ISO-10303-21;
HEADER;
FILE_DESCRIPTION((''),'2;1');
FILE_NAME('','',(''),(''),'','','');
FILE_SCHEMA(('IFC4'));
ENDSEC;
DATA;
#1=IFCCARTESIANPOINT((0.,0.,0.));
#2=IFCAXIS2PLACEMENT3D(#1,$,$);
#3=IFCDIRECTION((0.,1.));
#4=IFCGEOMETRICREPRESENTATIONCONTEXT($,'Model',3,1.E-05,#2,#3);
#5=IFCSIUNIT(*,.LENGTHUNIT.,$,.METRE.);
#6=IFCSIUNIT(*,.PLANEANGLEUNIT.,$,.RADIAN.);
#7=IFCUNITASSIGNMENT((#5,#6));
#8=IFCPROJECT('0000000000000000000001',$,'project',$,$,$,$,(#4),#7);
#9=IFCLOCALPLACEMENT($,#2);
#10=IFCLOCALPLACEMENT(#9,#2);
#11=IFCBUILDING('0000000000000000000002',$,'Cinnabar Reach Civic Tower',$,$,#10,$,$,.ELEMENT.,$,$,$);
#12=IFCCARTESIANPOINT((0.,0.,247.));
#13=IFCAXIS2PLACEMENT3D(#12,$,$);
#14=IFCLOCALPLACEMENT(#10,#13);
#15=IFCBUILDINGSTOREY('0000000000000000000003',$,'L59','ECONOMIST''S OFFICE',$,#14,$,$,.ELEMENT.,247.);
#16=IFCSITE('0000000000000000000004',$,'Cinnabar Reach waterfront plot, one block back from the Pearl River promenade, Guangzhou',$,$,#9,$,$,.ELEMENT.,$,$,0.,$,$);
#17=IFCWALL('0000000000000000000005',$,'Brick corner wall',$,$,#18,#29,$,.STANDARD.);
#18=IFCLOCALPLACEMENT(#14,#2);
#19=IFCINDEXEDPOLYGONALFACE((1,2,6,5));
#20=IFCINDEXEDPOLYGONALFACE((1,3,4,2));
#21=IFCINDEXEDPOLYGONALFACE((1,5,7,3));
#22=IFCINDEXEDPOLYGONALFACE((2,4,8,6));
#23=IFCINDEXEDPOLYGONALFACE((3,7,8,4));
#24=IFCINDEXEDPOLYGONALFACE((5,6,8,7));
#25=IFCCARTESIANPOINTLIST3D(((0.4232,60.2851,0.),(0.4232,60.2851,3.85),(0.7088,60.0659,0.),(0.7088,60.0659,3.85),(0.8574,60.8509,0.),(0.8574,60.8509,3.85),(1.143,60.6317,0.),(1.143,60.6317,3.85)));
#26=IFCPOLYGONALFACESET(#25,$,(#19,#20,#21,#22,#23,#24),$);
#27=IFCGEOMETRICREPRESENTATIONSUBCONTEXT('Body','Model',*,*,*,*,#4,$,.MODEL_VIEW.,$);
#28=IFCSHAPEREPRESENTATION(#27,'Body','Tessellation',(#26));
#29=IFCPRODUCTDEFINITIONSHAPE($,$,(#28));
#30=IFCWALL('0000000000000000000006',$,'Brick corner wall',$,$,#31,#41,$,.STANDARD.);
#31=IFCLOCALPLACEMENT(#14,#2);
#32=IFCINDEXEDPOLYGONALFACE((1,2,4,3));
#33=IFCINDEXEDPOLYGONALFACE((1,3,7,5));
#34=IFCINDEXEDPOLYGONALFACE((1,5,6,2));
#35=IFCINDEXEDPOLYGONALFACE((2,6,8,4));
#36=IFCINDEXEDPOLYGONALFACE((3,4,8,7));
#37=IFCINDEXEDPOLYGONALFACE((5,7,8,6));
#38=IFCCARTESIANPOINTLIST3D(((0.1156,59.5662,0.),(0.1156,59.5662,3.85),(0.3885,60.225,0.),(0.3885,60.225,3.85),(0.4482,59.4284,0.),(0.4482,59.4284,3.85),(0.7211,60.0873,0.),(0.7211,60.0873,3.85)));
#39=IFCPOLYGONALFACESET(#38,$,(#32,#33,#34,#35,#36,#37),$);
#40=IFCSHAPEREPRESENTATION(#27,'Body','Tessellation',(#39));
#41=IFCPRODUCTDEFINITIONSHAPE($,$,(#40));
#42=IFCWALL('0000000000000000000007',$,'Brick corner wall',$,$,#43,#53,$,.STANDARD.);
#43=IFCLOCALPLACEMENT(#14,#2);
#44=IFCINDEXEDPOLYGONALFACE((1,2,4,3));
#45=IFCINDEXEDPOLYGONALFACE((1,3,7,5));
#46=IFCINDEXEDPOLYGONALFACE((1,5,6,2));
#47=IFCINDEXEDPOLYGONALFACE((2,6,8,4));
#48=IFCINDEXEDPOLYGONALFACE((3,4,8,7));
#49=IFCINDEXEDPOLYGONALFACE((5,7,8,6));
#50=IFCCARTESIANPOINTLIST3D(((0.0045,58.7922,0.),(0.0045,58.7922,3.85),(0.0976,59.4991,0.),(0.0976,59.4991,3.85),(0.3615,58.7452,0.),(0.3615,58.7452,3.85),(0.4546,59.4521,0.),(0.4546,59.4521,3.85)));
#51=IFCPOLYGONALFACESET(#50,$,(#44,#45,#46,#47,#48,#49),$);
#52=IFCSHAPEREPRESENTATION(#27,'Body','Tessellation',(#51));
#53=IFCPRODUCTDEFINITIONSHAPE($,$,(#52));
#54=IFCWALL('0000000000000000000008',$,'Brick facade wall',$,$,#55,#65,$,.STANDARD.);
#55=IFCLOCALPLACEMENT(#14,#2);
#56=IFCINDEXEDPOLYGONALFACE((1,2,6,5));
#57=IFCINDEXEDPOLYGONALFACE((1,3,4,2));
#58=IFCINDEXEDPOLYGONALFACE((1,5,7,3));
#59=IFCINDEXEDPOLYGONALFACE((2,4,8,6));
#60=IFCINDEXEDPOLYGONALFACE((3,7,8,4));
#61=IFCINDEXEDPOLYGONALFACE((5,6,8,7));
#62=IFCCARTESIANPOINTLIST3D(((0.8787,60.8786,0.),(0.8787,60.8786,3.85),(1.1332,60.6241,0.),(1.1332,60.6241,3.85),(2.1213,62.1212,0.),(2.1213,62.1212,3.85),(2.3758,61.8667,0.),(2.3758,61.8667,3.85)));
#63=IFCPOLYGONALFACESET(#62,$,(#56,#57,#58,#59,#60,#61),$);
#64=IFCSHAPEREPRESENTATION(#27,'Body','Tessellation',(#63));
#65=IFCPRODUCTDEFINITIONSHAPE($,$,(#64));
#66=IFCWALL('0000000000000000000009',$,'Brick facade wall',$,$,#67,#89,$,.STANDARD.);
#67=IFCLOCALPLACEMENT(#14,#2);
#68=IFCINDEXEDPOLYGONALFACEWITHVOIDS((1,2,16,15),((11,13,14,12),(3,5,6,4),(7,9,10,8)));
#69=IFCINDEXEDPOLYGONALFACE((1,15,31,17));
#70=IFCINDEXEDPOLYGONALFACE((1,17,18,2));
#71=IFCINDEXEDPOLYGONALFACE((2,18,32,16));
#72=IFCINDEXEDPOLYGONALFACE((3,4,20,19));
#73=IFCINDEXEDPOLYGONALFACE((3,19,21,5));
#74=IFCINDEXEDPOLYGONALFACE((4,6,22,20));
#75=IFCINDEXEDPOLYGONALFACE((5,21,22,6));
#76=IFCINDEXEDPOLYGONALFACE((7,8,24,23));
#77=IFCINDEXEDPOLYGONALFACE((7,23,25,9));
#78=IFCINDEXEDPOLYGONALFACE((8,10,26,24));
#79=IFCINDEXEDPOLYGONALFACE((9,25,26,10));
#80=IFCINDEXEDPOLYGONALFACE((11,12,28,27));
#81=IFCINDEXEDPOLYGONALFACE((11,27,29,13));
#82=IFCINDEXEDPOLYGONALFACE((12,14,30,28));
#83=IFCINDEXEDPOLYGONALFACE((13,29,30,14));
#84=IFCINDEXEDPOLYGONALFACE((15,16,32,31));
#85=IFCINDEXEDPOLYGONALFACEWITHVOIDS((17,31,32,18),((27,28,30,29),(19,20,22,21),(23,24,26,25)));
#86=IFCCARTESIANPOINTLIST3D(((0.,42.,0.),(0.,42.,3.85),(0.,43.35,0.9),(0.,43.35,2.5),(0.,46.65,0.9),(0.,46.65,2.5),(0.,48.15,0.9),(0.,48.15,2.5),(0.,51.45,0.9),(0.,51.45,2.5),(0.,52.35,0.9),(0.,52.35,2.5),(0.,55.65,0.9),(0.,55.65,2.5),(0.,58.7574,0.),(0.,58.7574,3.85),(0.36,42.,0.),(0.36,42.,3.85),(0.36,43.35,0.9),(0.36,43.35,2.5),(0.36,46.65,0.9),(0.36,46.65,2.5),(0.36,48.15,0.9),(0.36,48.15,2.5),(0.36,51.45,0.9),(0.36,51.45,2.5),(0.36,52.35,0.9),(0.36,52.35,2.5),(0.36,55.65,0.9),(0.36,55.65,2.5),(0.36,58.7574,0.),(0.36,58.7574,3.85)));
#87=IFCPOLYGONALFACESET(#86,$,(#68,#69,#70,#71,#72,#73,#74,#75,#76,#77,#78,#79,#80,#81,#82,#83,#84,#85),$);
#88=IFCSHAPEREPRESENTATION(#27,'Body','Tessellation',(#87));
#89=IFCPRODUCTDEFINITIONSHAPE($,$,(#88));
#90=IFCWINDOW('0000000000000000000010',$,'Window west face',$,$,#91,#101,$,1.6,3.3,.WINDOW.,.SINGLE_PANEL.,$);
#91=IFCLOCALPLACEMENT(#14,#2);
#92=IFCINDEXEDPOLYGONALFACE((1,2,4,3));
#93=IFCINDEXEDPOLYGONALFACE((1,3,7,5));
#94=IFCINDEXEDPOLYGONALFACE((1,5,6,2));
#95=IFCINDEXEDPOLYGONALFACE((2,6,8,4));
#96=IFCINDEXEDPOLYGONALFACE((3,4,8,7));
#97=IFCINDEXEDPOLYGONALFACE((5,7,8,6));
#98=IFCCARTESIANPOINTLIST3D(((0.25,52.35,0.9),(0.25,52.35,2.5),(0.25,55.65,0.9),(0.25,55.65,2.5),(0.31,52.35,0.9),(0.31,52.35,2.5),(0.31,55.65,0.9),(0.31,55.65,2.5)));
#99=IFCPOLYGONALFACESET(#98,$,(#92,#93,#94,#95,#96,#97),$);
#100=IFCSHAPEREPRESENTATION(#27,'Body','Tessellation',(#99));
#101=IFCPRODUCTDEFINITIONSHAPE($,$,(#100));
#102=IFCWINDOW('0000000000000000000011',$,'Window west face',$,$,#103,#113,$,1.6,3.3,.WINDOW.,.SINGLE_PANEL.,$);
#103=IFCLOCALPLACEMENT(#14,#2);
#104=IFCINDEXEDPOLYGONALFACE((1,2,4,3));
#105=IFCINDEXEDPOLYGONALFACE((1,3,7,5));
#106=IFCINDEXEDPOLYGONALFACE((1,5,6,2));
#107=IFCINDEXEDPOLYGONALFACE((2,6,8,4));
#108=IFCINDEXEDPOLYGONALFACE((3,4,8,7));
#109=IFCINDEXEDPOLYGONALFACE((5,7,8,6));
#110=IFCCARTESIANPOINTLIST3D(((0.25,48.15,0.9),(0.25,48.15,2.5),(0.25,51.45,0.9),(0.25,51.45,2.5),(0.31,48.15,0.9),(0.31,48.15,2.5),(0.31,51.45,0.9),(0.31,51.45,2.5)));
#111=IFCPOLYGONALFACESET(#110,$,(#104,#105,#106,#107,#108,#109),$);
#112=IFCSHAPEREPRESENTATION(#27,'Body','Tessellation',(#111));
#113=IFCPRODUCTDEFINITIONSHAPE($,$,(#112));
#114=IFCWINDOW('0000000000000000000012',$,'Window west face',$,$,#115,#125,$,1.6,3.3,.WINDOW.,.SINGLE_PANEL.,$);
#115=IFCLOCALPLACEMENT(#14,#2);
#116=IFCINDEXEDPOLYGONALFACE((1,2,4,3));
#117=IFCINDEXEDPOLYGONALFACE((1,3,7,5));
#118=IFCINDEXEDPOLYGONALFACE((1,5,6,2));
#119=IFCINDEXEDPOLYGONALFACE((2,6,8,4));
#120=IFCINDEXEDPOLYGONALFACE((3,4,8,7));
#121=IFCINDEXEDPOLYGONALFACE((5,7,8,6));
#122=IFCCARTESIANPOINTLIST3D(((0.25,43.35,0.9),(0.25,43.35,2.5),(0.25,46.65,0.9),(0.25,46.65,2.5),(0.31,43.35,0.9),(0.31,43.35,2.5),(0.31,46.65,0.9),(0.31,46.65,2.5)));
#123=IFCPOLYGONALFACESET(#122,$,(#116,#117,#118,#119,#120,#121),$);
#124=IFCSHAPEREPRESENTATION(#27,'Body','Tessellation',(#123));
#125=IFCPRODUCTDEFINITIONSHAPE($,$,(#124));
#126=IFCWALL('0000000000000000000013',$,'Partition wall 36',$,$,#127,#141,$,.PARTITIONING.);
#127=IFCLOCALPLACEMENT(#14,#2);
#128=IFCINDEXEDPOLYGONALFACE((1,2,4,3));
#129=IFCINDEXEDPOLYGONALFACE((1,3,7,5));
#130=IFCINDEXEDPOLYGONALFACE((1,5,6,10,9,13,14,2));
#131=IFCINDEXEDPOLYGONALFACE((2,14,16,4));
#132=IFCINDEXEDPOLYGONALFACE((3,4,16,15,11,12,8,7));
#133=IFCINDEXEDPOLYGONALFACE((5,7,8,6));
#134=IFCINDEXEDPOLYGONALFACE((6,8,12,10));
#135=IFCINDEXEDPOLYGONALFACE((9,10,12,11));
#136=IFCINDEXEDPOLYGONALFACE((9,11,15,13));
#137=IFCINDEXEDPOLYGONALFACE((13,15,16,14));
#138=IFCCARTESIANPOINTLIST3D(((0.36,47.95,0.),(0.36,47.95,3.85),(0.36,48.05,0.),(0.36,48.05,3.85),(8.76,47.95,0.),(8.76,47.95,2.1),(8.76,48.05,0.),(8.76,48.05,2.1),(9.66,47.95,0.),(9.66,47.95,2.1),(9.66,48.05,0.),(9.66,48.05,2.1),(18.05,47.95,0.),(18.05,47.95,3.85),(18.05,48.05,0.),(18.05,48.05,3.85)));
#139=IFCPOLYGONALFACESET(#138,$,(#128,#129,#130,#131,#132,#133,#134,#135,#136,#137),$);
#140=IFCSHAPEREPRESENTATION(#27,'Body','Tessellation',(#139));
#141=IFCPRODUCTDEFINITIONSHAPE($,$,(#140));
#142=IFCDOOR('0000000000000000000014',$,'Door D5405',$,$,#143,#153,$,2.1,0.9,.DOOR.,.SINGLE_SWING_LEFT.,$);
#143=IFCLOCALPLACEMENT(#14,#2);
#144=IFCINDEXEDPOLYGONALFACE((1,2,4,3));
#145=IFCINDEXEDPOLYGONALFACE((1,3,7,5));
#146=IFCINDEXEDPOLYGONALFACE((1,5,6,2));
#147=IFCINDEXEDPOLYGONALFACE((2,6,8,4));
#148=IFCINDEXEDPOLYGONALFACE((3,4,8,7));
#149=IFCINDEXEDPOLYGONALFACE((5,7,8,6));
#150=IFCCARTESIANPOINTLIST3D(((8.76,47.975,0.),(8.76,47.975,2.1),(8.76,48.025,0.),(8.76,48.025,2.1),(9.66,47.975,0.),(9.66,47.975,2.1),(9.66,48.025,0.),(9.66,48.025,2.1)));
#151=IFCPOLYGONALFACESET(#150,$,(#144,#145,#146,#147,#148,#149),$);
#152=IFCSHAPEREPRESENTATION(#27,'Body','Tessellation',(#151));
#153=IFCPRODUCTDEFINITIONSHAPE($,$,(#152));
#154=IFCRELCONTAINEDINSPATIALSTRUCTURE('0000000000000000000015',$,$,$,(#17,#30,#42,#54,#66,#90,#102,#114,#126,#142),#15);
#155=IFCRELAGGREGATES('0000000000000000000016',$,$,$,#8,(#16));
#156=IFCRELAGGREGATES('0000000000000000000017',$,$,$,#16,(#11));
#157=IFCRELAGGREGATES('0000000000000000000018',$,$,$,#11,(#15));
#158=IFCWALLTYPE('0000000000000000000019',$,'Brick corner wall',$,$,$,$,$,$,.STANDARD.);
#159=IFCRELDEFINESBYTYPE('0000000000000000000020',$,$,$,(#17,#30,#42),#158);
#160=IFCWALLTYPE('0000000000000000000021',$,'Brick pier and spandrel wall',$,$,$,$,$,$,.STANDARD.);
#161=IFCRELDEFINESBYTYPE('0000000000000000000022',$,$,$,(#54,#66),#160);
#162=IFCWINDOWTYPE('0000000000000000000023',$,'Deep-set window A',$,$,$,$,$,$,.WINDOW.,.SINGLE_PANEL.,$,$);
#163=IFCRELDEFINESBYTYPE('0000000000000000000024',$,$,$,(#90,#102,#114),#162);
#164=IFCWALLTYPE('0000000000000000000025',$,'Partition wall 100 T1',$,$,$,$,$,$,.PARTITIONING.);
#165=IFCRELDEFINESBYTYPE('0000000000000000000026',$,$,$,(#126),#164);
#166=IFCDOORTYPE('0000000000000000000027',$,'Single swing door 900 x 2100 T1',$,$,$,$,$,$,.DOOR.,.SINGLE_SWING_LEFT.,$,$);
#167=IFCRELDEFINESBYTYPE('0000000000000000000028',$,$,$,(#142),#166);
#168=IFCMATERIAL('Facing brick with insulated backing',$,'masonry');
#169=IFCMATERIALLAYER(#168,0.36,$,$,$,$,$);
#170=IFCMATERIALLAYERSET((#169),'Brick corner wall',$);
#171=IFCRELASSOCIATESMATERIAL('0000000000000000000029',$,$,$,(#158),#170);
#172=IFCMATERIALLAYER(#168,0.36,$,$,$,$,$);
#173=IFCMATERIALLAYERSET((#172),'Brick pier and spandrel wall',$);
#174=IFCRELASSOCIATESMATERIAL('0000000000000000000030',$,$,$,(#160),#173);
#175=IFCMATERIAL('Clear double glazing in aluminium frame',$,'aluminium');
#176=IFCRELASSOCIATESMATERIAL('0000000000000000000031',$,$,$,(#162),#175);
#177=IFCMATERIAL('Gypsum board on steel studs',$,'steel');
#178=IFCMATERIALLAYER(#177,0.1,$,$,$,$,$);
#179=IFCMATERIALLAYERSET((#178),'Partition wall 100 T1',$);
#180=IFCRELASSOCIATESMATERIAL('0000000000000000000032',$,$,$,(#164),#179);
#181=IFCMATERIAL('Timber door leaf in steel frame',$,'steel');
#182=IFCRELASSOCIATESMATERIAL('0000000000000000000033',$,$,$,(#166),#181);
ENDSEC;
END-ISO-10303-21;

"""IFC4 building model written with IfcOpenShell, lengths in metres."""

from ifc_helpers import new_model, si_unit, direction, frame, frame_2d, origin, place, context, subcontext, project, spatial, rectangle, extrude, material, layer, layer_set, type_object, element, fill, save


model = new_model("IFC4")

# Units and contexts
model_context = context("Model", 3, precision=1e-05, world=origin(), true_north=direction((0.0, 1.0)))
body_context = subcontext(model_context, "Body", "Model", "MODEL_VIEW")
ifc_project = project(units=[si_unit("LENGTHUNIT", "METRE"), si_unit("PLANEANGLEUNIT", "RADIAN")], contexts=[model_context])

# Site, building, storey
site_placement = place(None, origin())
site = spatial("IfcSite", under=ifc_project, at=site_placement, Name="Cinnabar Reach waterfront plot, one block back from the Pearl River promenade, Guangzhou", CompositionType="ELEMENT", RefElevation=0.0)
building_placement = place(site_placement, origin())
building = spatial("IfcBuilding", under=site, at=building_placement, Name="Cinnabar Reach Civic Tower", CompositionType="ELEMENT")
storey_placement = place(building_placement, frame((0.0, 0.0, 247.0)))
storey = spatial("IfcBuildingStorey", under=building, at=storey_placement, Name="L59", Description="ECONOMIST'S OFFICE", CompositionType="ELEMENT", Elevation=247.0)

# Walls
ifc_material_1 = material(Name="Facing brick with insulated backing", Category="masonry")
ifc_layer_1 = layer(ifc_material_1, 0.36)
ifc_layer_set_1 = layer_set([ifc_layer_1], Name="Brick corner wall")
wall_type_1 = type_object("IfcWallType", Name="Brick corner wall", PredefinedType="STANDARD", material=ifc_layer_set_1)
wall_1_placement = place(storey_placement, frame((1.0002, 60.7413, 0.0), z_axis=(0.0, 0.0, 1.0), x_axis=(-0.608802, -0.793322, 0.0)))
element("IfcWall", 1, at=wall_1_placement, inside=storey, type_object=wall_type_1, Name="Brick corner wall", PredefinedType="STANDARD", context=body_context, shape_type="SweptSolid", body=[
    extrude(rectangle(XDim=0.7132, YDim=0.36, at=frame_2d((0.3566, 0.0))), origin(), (0.0, 0.0, 1.0), 3.85),
])
for number, where, z_axis, x_axis, name in (
    (2, (0.5548, 60.1561, 0.0), (0.0, 0.0, 1.0), (-0.382703, -0.923872, 0.0), "Brick corner wall"),
    (3, (0.2761, 59.4756, 0.0), (0.0, 0.0, 1.0), (-0.130556, -0.991441, 0.0), "Brick corner wall"),
):
    element("IfcWall", number, at=place(storey_placement, frame(where, z_axis=z_axis, x_axis=x_axis)), inside=storey, type_object=wall_type_1, Name=name, PredefinedType="STANDARD", context=body_context, shape_type="SweptSolid", body=[
        extrude(rectangle(XDim=0.7131, YDim=0.36, at=frame_2d((0.3565, 0.0))), origin(), (0.0, 0.0, 1.0), 3.85),
    ])
ifc_layer_2 = layer(ifc_material_1, 0.36)
ifc_layer_set_2 = layer_set([ifc_layer_2], Name="Brick pier and spandrel wall")
wall_type_2 = type_object("IfcWallType", Name="Brick pier and spandrel wall", PredefinedType="STANDARD", material=ifc_layer_set_2)
wall_2_placement = place(storey_placement, frame((2.2486, 61.994, 0.0), z_axis=(0.0, 0.0, 1.0), x_axis=(-0.707107, -0.707107, 0.0)))
element("IfcWall", 4, at=wall_2_placement, inside=storey, type_object=wall_type_2, Name="Brick facade wall", PredefinedType="STANDARD", context=body_context, shape_type="SweptSolid", body=[
    extrude(rectangle(XDim=1.7573, YDim=0.36, at=frame_2d((0.8787, 0.0))), origin(), (0.0, 0.0, 1.0), 3.85),
])

# Wall, openings, windows
wall_3_placement = place(storey_placement, frame((0.18, 58.7574, 0.0), z_axis=(0.0, 0.0, 1.0), x_axis=(0.0, -1.0, 0.0)))
wall_3 = element("IfcWall", 5, at=wall_3_placement, inside=storey, type_object=wall_type_2, Name="Brick facade wall", PredefinedType="STANDARD", context=body_context, shape_type="SweptSolid", body=[
    extrude(rectangle(XDim=16.7574, YDim=0.36, at=frame_2d((8.3787, 0.0))), origin(), (0.0, 0.0, 1.0), 3.85),
])
opening_1_placement = place(wall_3_placement, frame((3.1074, 0.0, 0.9)))
opening_1 = element("IfcOpeningElement", 6, at=opening_1_placement, cuts=wall_3, PredefinedType="OPENING", context=body_context, shape_type="SweptSolid", body=[
    extrude(rectangle(XDim=3.3, YDim=1.6, at=frame_2d((1.65, 0.8))), frame((0.0, 0.19, 0.0), z_axis=(0.0, -1.0, 0.0), x_axis=(1.0, 0.0, 0.0)), (0.0, 0.0, 1.0), 0.38),
])
opening_2_placement = place(wall_3_placement, frame((7.3074, 0.0, 0.9)))
opening_2 = element("IfcOpeningElement", 7, at=opening_2_placement, cuts=wall_3, PredefinedType="OPENING", context=body_context, shape_type="SweptSolid", body=[
    extrude(rectangle(XDim=3.3, YDim=1.6, at=frame_2d((1.65, 0.8))), frame((0.0, 0.19, 0.0), z_axis=(0.0, -1.0, 0.0), x_axis=(1.0, 0.0, 0.0)), (0.0, 0.0, 1.0), 0.38),
])
opening_3_placement = place(wall_3_placement, frame((12.1074, 0.0, 0.9)))
opening_3 = element("IfcOpeningElement", 8, at=opening_3_placement, cuts=wall_3, PredefinedType="OPENING", context=body_context, shape_type="SweptSolid", body=[
    extrude(rectangle(XDim=3.3, YDim=1.6, at=frame_2d((1.65, 0.8))), frame((0.0, 0.19, 0.0), z_axis=(0.0, -1.0, 0.0), x_axis=(1.0, 0.0, 0.0)), (0.0, 0.0, 1.0), 0.38),
])
ifc_material_2 = material(Name="Clear double glazing in aluminium frame", Category="aluminium")
window_type = type_object("IfcWindowType", Name="Deep-set window A", PartitioningType="SINGLE_PANEL", PredefinedType="WINDOW", material=ifc_material_2)
window_1_placement = place(opening_1_placement, origin())
window_1 = element("IfcWindow", 9, at=window_1_placement, inside=storey, type_object=window_type, Name="Window west face", OverallHeight=1.6, OverallWidth=3.3, PartitioningType="SINGLE_PANEL", PredefinedType="WINDOW", context=body_context, shape_type="SweptSolid", body=[
    extrude(rectangle(XDim=3.3, YDim=1.6, at=frame_2d((1.65, 0.8))), frame((0.0, 0.13, 0.0), z_axis=(0.0, -1.0, 0.0), x_axis=(1.0, 0.0, 0.0)), (0.0, 0.0, 1.0), 0.06),
])
fill(opening_1, window_1)
window_2_placement = place(opening_2_placement, origin())
window_2 = element("IfcWindow", 10, at=window_2_placement, inside=storey, type_object=window_type, Name="Window west face", OverallHeight=1.6, OverallWidth=3.3, PartitioningType="SINGLE_PANEL", PredefinedType="WINDOW", context=body_context, shape_type="SweptSolid", body=[
    extrude(rectangle(XDim=3.3, YDim=1.6, at=frame_2d((1.65, 0.8))), frame((0.0, 0.13, 0.0), z_axis=(0.0, -1.0, 0.0), x_axis=(1.0, 0.0, 0.0)), (0.0, 0.0, 1.0), 0.06),
])
fill(opening_2, window_2)
window_3_placement = place(opening_3_placement, origin())
window_3 = element("IfcWindow", 11, at=window_3_placement, inside=storey, type_object=window_type, Name="Window west face", OverallHeight=1.6, OverallWidth=3.3, PartitioningType="SINGLE_PANEL", PredefinedType="WINDOW", context=body_context, shape_type="SweptSolid", body=[
    extrude(rectangle(XDim=3.3, YDim=1.6, at=frame_2d((1.65, 0.8))), frame((0.0, 0.13, 0.0), z_axis=(0.0, -1.0, 0.0), x_axis=(1.0, 0.0, 0.0)), (0.0, 0.0, 1.0), 0.06),
])
fill(opening_3, window_3)

# Wall, opening, door
ifc_material_3 = material(Name="Gypsum board on steel studs", Category="steel")
ifc_layer_3 = layer(ifc_material_3, 0.1)
ifc_layer_set_3 = layer_set([ifc_layer_3], Name="Partition wall 100 T1")
wall_type_3 = type_object("IfcWallType", Name="Partition wall 100 T1", PredefinedType="PARTITIONING", material=ifc_layer_set_3)
wall_4_placement = place(storey_placement, frame((0.36, 48.0, 0.0), z_axis=(0.0, 0.0, 1.0), x_axis=(1.0, 0.0, 0.0)))
wall_4 = element("IfcWall", 12, at=wall_4_placement, inside=storey, type_object=wall_type_3, Name="Partition wall 36", PredefinedType="PARTITIONING", context=body_context, shape_type="SweptSolid", body=[
    extrude(rectangle(XDim=17.69, YDim=0.1, at=frame_2d((8.845, 0.0))), origin(), (0.0, 0.0, 1.0), 3.85),
])
opening_4_placement = place(wall_4_placement, frame((8.4, 0.0, 0.0)))
opening_4 = element("IfcOpeningElement", 13, at=opening_4_placement, cuts=wall_4, PredefinedType="OPENING", context=body_context, shape_type="SweptSolid", body=[
    extrude(rectangle(XDim=0.9, YDim=2.1, at=frame_2d((0.45, 1.05))), frame((0.0, 0.06, 0.0), z_axis=(0.0, -1.0, 0.0), x_axis=(1.0, 0.0, 0.0)), (0.0, 0.0, 1.0), 0.12),
])
ifc_material_4 = material(Name="Timber door leaf in steel frame", Category="steel")
door_type = type_object("IfcDoorType", Name="Single swing door 900 x 2100 T1", OperationType="SINGLE_SWING_LEFT", PredefinedType="DOOR", material=ifc_material_4)
door_placement = place(opening_4_placement, frame((0.9, 0.0, 0.0), z_axis=(0.0, 0.0, 1.0), x_axis=(-1.0, 0.0, 0.0)))
door = element("IfcDoor", 14, at=door_placement, inside=storey, type_object=door_type, Name="Door D5405", OperationType="SINGLE_SWING_LEFT", OverallHeight=2.1, OverallWidth=0.9, PredefinedType="DOOR", context=body_context, shape_type="SweptSolid", body=[
    extrude(rectangle(XDim=0.9, YDim=2.1, at=frame_2d((0.45, 1.05))), frame((0.0, 0.025, 0.0), z_axis=(0.0, -1.0, 0.0), x_axis=(1.0, 0.0, 0.0)), (0.0, 0.0, 1.0), 0.05),
])
fill(opening_4, door)

save(model, "model.ifc")
